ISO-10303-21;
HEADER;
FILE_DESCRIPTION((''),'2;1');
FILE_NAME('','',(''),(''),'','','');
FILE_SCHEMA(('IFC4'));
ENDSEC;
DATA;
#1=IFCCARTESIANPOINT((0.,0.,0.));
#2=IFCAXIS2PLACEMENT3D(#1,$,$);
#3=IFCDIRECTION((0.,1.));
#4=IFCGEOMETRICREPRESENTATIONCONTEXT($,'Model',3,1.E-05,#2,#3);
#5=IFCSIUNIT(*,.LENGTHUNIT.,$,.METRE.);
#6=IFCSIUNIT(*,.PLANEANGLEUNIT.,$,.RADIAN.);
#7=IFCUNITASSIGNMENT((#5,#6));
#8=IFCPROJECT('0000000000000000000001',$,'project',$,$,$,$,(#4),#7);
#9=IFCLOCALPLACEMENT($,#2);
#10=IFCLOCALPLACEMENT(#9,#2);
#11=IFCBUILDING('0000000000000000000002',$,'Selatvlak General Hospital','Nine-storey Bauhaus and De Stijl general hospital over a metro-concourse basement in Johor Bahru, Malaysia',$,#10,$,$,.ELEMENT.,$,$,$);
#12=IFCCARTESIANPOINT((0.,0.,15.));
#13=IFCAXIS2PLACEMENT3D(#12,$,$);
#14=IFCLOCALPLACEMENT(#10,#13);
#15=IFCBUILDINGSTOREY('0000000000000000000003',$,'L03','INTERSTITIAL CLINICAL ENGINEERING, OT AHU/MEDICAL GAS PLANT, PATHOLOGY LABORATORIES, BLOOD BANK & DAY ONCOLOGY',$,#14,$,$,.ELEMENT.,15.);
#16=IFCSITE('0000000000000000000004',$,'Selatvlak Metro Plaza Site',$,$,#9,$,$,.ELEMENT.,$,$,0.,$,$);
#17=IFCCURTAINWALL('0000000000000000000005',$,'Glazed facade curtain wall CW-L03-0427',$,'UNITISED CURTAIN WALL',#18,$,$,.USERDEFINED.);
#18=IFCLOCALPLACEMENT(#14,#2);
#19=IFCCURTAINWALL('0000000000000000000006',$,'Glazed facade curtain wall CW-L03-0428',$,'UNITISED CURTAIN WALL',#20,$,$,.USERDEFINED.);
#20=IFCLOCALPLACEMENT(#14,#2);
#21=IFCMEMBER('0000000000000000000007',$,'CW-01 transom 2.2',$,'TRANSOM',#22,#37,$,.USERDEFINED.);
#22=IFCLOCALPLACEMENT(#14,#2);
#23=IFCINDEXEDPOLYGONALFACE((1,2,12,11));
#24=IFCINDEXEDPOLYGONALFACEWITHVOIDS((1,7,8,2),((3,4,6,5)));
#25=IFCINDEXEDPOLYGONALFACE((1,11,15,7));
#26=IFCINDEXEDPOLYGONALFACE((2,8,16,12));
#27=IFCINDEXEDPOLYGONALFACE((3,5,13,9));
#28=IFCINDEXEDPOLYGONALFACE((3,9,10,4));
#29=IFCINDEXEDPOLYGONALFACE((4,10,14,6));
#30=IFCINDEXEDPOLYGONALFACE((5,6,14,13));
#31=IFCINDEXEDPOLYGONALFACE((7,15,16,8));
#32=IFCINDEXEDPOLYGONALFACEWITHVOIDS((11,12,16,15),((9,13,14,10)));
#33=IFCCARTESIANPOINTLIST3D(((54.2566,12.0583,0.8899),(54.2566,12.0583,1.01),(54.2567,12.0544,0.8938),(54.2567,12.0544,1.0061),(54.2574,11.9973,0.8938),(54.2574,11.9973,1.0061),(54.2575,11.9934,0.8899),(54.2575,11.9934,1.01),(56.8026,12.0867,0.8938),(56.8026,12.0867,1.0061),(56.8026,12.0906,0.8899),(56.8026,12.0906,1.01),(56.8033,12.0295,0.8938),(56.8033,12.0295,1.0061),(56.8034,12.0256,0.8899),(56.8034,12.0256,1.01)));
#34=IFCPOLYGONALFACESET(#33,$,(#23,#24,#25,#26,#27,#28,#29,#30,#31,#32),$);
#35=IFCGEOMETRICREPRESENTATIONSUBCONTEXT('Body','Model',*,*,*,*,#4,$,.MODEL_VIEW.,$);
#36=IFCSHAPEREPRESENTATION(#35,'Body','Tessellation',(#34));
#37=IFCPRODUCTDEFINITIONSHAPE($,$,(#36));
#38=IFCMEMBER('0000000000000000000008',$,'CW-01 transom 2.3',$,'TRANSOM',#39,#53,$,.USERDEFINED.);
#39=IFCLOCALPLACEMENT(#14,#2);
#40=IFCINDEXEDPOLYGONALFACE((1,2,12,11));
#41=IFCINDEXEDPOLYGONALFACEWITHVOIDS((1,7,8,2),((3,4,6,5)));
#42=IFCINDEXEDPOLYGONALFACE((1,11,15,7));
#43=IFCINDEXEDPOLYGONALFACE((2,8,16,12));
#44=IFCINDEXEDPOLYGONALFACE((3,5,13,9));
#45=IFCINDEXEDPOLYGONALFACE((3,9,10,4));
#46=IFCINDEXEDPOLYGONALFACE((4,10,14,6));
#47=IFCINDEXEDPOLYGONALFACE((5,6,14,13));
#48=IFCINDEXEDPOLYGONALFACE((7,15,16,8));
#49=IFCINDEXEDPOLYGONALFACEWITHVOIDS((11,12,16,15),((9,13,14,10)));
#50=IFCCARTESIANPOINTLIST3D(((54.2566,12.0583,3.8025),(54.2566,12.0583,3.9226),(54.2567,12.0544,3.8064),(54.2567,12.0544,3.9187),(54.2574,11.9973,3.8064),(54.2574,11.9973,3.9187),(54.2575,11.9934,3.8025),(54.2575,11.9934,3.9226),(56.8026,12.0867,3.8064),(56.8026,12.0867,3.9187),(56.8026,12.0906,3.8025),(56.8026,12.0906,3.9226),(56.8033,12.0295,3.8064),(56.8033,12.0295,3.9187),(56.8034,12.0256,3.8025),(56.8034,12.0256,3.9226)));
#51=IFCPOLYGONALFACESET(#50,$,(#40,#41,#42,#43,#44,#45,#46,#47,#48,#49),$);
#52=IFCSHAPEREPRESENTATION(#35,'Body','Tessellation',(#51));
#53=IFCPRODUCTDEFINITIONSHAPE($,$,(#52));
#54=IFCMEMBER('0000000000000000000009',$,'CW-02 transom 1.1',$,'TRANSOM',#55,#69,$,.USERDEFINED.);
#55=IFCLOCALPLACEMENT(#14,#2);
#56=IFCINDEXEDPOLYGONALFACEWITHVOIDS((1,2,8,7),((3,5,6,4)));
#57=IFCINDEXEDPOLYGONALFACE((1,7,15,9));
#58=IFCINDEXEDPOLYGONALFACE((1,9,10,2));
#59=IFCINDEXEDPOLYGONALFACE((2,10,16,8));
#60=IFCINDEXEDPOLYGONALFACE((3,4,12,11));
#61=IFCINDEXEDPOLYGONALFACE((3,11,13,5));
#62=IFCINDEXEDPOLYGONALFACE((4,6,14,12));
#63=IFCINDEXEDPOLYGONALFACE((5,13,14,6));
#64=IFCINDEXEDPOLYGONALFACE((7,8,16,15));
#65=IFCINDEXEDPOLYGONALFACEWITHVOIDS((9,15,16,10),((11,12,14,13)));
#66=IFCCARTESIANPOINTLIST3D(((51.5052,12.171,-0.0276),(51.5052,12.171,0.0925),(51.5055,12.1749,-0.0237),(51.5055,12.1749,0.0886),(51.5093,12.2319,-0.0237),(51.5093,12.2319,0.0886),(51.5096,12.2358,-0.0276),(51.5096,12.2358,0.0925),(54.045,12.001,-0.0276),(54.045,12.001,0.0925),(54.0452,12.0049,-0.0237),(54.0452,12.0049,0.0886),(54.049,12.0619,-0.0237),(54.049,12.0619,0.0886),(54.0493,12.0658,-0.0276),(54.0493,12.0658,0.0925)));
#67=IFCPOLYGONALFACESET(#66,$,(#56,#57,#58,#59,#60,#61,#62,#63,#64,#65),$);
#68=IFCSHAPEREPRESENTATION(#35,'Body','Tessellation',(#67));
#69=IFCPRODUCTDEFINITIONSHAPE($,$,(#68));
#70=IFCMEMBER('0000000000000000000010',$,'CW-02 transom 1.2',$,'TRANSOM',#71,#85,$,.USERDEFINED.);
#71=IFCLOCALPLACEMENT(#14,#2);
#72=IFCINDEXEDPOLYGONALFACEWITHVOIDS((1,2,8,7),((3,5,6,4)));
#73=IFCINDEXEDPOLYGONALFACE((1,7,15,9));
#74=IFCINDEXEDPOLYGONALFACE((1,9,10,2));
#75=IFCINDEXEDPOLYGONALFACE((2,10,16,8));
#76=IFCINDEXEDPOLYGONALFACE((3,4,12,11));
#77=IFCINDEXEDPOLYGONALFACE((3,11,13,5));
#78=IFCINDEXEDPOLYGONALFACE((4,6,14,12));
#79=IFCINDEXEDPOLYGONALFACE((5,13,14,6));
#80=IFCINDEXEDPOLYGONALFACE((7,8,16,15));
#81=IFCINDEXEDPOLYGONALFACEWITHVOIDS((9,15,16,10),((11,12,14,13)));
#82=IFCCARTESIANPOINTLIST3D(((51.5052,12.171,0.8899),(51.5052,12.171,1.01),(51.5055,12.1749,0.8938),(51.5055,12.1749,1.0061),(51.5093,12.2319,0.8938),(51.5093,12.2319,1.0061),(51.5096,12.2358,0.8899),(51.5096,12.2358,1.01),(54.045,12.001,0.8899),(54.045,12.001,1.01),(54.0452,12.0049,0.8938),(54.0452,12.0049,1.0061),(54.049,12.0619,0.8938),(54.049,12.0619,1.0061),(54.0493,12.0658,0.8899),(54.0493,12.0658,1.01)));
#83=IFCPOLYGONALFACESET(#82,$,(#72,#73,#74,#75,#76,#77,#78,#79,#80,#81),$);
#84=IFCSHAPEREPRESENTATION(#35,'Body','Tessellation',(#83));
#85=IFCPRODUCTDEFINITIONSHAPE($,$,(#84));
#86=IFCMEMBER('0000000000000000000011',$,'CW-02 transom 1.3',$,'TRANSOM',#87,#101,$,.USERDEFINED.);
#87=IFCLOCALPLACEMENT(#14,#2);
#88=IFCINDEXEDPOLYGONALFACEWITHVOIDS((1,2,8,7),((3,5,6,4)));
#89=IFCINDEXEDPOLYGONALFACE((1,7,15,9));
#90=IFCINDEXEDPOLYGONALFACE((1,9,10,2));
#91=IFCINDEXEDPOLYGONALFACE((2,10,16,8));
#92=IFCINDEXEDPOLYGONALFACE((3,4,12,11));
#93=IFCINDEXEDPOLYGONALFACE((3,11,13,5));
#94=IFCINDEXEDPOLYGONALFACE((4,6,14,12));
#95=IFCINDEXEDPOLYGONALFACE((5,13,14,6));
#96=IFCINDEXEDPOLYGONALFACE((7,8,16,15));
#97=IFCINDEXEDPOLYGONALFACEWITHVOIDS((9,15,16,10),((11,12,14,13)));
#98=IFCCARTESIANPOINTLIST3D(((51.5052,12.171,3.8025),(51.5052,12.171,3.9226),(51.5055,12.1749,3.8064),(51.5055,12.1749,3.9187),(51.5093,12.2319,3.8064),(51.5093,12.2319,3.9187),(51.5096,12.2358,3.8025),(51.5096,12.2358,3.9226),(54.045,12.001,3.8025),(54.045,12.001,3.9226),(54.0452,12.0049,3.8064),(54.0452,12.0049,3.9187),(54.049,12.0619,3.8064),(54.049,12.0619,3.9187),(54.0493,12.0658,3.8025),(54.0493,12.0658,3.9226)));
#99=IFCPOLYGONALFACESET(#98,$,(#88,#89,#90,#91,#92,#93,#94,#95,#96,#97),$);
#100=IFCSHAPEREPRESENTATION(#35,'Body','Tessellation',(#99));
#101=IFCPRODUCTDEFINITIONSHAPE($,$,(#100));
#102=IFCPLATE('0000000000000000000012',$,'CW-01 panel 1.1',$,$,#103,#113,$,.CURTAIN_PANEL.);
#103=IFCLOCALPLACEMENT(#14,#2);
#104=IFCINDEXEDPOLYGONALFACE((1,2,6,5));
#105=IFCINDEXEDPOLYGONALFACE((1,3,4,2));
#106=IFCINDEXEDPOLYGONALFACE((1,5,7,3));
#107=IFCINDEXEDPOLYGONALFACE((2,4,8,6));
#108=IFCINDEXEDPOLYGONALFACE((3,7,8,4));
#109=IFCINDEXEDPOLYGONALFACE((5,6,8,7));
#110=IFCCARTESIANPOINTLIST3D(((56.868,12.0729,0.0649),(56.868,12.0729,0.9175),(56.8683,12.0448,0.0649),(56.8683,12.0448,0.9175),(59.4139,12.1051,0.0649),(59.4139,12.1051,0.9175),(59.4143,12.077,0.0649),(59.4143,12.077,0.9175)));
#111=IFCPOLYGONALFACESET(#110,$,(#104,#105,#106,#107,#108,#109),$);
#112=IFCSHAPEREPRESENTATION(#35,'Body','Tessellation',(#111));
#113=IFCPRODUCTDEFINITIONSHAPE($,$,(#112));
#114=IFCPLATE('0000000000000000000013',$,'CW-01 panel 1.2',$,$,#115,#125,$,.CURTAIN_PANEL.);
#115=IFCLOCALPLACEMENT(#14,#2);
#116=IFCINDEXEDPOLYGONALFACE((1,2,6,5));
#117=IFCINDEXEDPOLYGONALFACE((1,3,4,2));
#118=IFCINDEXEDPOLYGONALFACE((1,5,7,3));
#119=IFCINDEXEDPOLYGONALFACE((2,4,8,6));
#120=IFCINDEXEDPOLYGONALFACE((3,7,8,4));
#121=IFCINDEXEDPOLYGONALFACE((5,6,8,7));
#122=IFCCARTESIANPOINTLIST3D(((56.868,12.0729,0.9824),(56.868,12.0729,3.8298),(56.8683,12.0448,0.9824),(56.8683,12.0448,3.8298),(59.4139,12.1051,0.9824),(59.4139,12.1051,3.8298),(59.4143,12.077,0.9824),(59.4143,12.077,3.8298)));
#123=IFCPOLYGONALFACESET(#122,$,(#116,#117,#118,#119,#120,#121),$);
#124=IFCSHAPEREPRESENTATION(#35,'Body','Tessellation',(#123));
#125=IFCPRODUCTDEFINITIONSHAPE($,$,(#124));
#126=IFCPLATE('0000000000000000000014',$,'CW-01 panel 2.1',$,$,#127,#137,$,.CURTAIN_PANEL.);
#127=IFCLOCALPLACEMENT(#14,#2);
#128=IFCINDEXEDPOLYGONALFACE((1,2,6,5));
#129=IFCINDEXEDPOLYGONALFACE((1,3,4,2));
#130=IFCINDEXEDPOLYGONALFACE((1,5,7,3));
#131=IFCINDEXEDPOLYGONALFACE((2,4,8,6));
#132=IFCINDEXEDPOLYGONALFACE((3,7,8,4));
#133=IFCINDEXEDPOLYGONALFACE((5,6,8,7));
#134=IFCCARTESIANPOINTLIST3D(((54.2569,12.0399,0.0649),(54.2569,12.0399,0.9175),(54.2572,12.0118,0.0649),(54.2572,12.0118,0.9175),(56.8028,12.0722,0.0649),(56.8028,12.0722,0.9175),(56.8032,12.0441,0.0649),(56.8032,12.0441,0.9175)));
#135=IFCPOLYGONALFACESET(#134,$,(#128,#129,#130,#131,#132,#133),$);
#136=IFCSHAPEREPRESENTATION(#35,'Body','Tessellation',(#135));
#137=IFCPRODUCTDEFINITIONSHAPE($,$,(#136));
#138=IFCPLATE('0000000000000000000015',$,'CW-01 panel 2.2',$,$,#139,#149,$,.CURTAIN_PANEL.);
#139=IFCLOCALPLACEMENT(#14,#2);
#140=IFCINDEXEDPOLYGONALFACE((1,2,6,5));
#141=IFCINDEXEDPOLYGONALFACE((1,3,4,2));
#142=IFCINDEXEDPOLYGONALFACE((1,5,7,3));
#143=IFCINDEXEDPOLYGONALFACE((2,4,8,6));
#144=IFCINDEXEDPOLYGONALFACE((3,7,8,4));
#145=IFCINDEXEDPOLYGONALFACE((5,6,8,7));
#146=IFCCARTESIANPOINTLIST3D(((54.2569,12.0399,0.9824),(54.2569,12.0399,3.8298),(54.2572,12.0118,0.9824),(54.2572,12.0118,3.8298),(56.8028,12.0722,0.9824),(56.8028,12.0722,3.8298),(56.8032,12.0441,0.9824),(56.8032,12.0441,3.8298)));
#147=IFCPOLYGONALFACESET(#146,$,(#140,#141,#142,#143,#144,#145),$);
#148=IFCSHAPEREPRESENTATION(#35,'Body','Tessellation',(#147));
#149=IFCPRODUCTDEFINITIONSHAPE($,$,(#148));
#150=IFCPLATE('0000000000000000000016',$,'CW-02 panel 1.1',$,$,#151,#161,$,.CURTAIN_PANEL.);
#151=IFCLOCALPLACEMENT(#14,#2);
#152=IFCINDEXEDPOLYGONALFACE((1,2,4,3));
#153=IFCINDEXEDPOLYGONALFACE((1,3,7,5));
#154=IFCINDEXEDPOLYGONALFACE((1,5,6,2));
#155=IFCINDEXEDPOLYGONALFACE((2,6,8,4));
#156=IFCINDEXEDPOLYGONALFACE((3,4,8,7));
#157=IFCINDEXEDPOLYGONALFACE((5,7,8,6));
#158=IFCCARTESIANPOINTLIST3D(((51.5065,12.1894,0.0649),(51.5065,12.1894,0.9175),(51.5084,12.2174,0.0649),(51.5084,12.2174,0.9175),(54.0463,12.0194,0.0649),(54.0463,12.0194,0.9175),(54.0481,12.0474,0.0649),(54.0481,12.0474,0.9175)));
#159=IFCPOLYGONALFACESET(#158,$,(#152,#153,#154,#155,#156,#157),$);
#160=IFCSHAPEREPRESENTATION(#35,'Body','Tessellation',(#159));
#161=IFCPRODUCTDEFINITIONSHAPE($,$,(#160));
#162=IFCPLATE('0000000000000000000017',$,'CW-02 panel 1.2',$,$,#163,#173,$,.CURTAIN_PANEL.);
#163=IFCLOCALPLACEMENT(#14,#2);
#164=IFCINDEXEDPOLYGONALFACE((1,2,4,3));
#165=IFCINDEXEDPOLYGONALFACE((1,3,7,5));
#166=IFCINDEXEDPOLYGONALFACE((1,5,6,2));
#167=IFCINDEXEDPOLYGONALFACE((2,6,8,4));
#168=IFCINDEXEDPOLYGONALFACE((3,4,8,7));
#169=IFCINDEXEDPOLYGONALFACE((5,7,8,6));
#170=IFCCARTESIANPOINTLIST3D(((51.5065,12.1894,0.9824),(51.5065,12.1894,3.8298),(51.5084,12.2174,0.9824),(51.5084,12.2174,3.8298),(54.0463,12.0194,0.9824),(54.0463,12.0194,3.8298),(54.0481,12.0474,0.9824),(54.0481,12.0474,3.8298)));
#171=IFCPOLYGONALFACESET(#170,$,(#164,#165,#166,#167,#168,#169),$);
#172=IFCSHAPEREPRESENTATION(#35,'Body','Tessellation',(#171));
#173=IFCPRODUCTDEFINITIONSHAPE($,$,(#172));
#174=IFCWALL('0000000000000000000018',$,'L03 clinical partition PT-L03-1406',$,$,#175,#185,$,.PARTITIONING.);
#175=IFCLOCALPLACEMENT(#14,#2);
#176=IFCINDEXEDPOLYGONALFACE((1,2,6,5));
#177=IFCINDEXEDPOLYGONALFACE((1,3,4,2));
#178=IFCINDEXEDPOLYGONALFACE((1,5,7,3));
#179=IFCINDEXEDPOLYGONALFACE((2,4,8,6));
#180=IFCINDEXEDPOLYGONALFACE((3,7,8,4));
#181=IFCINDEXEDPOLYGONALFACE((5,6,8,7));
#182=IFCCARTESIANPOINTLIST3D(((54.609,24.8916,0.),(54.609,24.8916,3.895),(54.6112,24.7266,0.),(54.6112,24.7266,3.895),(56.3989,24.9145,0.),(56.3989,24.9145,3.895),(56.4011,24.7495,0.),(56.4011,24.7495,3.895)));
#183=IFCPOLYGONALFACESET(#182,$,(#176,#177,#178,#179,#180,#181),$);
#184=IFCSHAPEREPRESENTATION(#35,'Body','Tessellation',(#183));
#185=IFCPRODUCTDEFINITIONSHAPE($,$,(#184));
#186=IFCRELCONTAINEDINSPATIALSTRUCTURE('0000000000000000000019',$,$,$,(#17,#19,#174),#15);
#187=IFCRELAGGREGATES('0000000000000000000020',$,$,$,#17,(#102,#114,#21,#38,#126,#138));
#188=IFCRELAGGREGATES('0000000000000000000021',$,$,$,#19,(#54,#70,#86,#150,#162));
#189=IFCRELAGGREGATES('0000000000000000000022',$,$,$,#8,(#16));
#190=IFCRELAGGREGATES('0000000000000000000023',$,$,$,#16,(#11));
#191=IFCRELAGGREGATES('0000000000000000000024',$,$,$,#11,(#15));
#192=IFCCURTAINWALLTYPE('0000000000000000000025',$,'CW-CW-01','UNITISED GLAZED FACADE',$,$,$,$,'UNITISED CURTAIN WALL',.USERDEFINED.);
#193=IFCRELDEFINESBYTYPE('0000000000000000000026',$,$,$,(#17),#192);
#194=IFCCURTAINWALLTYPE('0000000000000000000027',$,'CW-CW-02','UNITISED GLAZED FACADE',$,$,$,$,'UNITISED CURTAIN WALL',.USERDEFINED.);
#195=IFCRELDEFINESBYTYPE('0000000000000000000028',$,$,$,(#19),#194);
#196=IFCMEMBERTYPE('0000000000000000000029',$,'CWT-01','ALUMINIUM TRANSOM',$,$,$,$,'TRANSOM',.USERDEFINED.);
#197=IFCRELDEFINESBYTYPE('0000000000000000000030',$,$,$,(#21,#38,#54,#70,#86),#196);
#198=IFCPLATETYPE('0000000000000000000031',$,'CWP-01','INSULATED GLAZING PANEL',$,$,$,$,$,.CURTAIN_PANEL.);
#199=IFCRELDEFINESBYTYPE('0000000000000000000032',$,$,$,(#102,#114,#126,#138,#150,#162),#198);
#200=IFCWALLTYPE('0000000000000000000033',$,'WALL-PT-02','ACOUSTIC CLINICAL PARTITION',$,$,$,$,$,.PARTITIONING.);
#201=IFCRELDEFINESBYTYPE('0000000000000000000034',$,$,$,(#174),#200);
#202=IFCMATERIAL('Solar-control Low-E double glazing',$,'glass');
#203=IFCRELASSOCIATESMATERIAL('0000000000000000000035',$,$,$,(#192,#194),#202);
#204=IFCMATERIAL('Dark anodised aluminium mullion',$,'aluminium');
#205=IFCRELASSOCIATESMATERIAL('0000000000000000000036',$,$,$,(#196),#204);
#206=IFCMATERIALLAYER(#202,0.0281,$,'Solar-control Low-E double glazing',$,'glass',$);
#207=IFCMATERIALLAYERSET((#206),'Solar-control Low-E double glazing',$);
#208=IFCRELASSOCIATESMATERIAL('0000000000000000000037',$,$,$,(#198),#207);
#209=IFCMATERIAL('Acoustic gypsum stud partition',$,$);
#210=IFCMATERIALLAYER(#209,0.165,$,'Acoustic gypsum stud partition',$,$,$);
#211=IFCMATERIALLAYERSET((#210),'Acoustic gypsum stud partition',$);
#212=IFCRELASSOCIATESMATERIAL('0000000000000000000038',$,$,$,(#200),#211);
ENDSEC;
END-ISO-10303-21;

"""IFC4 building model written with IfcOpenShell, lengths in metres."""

from ifc_helpers import new_model, si_unit, direction, frame, frame_2d, origin, origin_2d, place, context, subcontext, project, spatial, rectangle, hollow_rectangle, extrude, material, layer, layer_set, material_profile, profile_set, type_object, element, aggregate, save


model = new_model("IFC4")

# Units and contexts
model_context = context("Model", 3, precision=1e-05, world=origin(), true_north=direction((0.0, 1.0)))
body_context = subcontext(model_context, "Body", "Model", "MODEL_VIEW")
ifc_project = project(units=[si_unit("LENGTHUNIT", "METRE"), si_unit("PLANEANGLEUNIT", "RADIAN")], contexts=[model_context])

# Site, building, storey
site_placement = place(None, origin())
site = spatial("IfcSite", under=ifc_project, at=site_placement, Name="Selatvlak Metro Plaza Site", CompositionType="ELEMENT", RefElevation=0.0)
building_placement = place(site_placement, origin())
building = spatial("IfcBuilding", under=site, at=building_placement, Name="Selatvlak General Hospital", Description="Nine-storey Bauhaus and De Stijl general hospital over a metro-concourse basement in Johor Bahru, Malaysia", CompositionType="ELEMENT")
storey_placement = place(building_placement, frame((0.0, 0.0, 15.0)))
storey = spatial("IfcBuildingStorey", under=building, at=storey_placement, Name="L03", Description="INTERSTITIAL CLINICAL ENGINEERING, OT AHU/MEDICAL GAS PLANT, PATHOLOGY LABORATORIES, BLOOD BANK & DAY ONCOLOGY", CompositionType="ELEMENT", Elevation=15.0)

# Curtain wall
ifc_material_1 = material(Name="Solar-control Low-E double glazing", Category="glass")
curtain_wall_type_1 = type_object("IfcCurtainWallType", Name="CW-CW-01", Description="UNITISED GLAZED FACADE", ElementType="UNITISED CURTAIN WALL", PredefinedType="USERDEFINED", material=ifc_material_1)
curtain_wall_1_placement = place(storey_placement, origin())
curtain_wall_1 = element("IfcCurtainWall", 1, at=curtain_wall_1_placement, inside=storey, type_object=curtain_wall_type_1, Name="Glazed facade curtain wall CW-L03-0427", ObjectType="UNITISED CURTAIN WALL", PredefinedType="USERDEFINED")
ifc_material_2 = material(Name="Dark anodised aluminium mullion", Category="aluminium")

# Curtain wall
curtain_wall_type_2 = type_object("IfcCurtainWallType", Name="CW-CW-02", Description="UNITISED GLAZED FACADE", ElementType="UNITISED CURTAIN WALL", PredefinedType="USERDEFINED", material=ifc_material_1)
curtain_wall_2_placement = place(storey_placement, origin())
curtain_wall_2 = element("IfcCurtainWall", 2, at=curtain_wall_2_placement, inside=storey, type_object=curtain_wall_type_2, Name="Glazed facade curtain wall CW-L03-0428", ObjectType="UNITISED CURTAIN WALL", PredefinedType="USERDEFINED")

# Members
ifc_material_profile_1 = material_profile(ifc_material_2, hollow_rectangle(XDim=0.0649, YDim=0.1201, WallThickness=0.0039, at=origin_2d()), Name="AL-TRN 65x120x4")
ifc_profile_set_1 = profile_set([ifc_material_profile_1], Name="Dark anodised aluminium mullion")
member_type_1 = type_object("IfcMemberType", Name="CWT-01", Description="ALUMINIUM TRANSOM", ElementType="TRANSOM", PredefinedType="USERDEFINED", material=ifc_profile_set_1)
member_1_placement = place(storey_placement, frame((56.803, 12.0581, 0.95), z_axis=(-0.99992, -0.012657, 0.0), x_axis=(0.012657, -0.99992, 0.0)))
member_1 = element("IfcMember", 3, at=member_1_placement, type_object=member_type_1, Name="CW-01 transom 2.2", ObjectType="TRANSOM", PredefinedType="USERDEFINED", context=body_context, shape_type="SweptSolid", body=[
    extrude(hollow_rectangle(XDim=0.0649, YDim=0.1201, WallThickness=0.0039, at=origin_2d()), origin(), (0.0, 0.0, 1.0), 2.5461),
])
member_2_placement = place(storey_placement, frame((56.803, 12.0581, 3.8625), z_axis=(-0.99992, -0.012657, 0.0), x_axis=(0.012657, -0.99992, 0.0)))
member_2 = element("IfcMember", 4, at=member_2_placement, type_object=member_type_1, Name="CW-01 transom 2.3", ObjectType="TRANSOM", PredefinedType="USERDEFINED", context=body_context, shape_type="SweptSolid", body=[
    extrude(hollow_rectangle(XDim=0.0649, YDim=0.1201, WallThickness=0.0039, at=origin_2d()), origin(), (0.0, 0.0, 1.0), 2.5461),
])
member_3_placement = place(storey_placement, frame((54.0471, 12.0334, 0.0325), z_axis=(-0.997769, 0.066755, 0.0), x_axis=(-0.066755, -0.997769, 0.0)))
member_3 = element("IfcMember", 5, at=member_3_placement, type_object=member_type_1, Name="CW-02 transom 1.1", ObjectType="TRANSOM", PredefinedType="USERDEFINED", context=body_context, shape_type="SweptSolid", body=[
    extrude(hollow_rectangle(XDim=0.0649, YDim=0.1201, WallThickness=0.0039, at=origin_2d()), origin(), (0.0, 0.0, 1.0), 2.5454),
])
member_4_placement = place(storey_placement, frame((54.0471, 12.0334, 0.95), z_axis=(-0.997769, 0.066755, 0.0), x_axis=(-0.066755, -0.997769, 0.0)))
member_4 = element("IfcMember", 6, at=member_4_placement, type_object=member_type_1, Name="CW-02 transom 1.2", ObjectType="TRANSOM", PredefinedType="USERDEFINED", context=body_context, shape_type="SweptSolid", body=[
    extrude(hollow_rectangle(XDim=0.0649, YDim=0.1201, WallThickness=0.0039, at=origin_2d()), origin(), (0.0, 0.0, 1.0), 2.5454),
])
member_5_placement = place(storey_placement, frame((54.0471, 12.0334, 3.8625), z_axis=(-0.997769, 0.066755, 0.0), x_axis=(-0.066755, -0.997769, 0.0)))
member_5 = element("IfcMember", 7, at=member_5_placement, type_object=member_type_1, Name="CW-02 transom 1.3", ObjectType="TRANSOM", PredefinedType="USERDEFINED", context=body_context, shape_type="SweptSolid", body=[
    extrude(hollow_rectangle(XDim=0.0649, YDim=0.1201, WallThickness=0.0039, at=origin_2d()), origin(), (0.0, 0.0, 1.0), 2.5454),
])

# Plates
ifc_layer_1 = layer(ifc_material_1, 0.0281, Name="Solar-control Low-E double glazing", Category="glass")
ifc_layer_set_1 = layer_set([ifc_layer_1], Name="Solar-control Low-E double glazing")
plate_type = type_object("IfcPlateType", Name="CWP-01", Description="INSULATED GLAZING PANEL", PredefinedType="CURTAIN_PANEL", material=ifc_layer_set_1)
plate_1_placement = place(storey_placement, frame((58.1411, 12.075, 0.0649), z_axis=(0.0, 0.0, 1.0), x_axis=(-0.99992, -0.012672, 0.0)))
plate_1 = element("IfcPlate", 8, at=plate_1_placement, type_object=plate_type, Name="CW-01 panel 1.1", PredefinedType="CURTAIN_PANEL", context=body_context, shape_type="SweptSolid", body=[
    extrude(rectangle(XDim=2.5461, YDim=0.0281, at=origin_2d()), origin(), (0.0, 0.0, 1.0), 0.8525),
])
plate_2_placement = place(storey_placement, frame((58.1411, 12.075, 0.9824), z_axis=(0.0, 0.0, 1.0), x_axis=(-0.99992, -0.012672, 0.0)))
plate_2 = element("IfcPlate", 9, at=plate_2_placement, type_object=plate_type, Name="CW-01 panel 1.2", PredefinedType="CURTAIN_PANEL", context=body_context, shape_type="SweptSolid", body=[
    extrude(rectangle(XDim=2.5461, YDim=0.0281, at=origin_2d()), origin(), (0.0, 0.0, 1.0), 2.8474),
])
plate_3_placement = place(storey_placement, frame((55.53, 12.042, 0.0649), z_axis=(0.0, 0.0, 1.0), x_axis=(-0.99992, -0.012672, 0.0)))
plate_3 = element("IfcPlate", 10, at=plate_3_placement, type_object=plate_type, Name="CW-01 panel 2.1", PredefinedType="CURTAIN_PANEL", context=body_context, shape_type="SweptSolid", body=[
    extrude(rectangle(XDim=2.5461, YDim=0.0281, at=origin_2d()), origin(), (0.0, 0.0, 1.0), 0.8525),
])
plate_4_placement = place(storey_placement, frame((55.53, 12.042, 0.9824), z_axis=(0.0, 0.0, 1.0), x_axis=(-0.99992, -0.012672, 0.0)))
plate_4 = element("IfcPlate", 11, at=plate_4_placement, type_object=plate_type, Name="CW-01 panel 2.2", PredefinedType="CURTAIN_PANEL", context=body_context, shape_type="SweptSolid", body=[
    extrude(rectangle(XDim=2.5461, YDim=0.0281, at=origin_2d()), origin(), (0.0, 0.0, 1.0), 2.8474),
])
aggregate(curtain_wall_1, [plate_1, plate_2, member_1, member_2, plate_3, plate_4])
plate_5_placement = place(storey_placement, frame((52.7773, 12.1184, 0.0649), z_axis=(0.0, 0.0, 1.0), x_axis=(-0.997768, 0.066783, 0.0)))
plate_5 = element("IfcPlate", 12, at=plate_5_placement, type_object=plate_type, Name="CW-02 panel 1.1", PredefinedType="CURTAIN_PANEL", context=body_context, shape_type="SweptSolid", body=[
    extrude(rectangle(XDim=2.5454, YDim=0.0281, at=origin_2d()), origin(), (0.0, 0.0, 1.0), 0.8525),
])
plate_6_placement = place(storey_placement, frame((52.7773, 12.1184, 0.9824), z_axis=(0.0, 0.0, 1.0), x_axis=(-0.997768, 0.066783, 0.0)))
plate_6 = element("IfcPlate", 13, at=plate_6_placement, type_object=plate_type, Name="CW-02 panel 1.2", PredefinedType="CURTAIN_PANEL", context=body_context, shape_type="SweptSolid", body=[
    extrude(rectangle(XDim=2.5454, YDim=0.0281, at=origin_2d()), origin(), (0.0, 0.0, 1.0), 2.8474),
])
aggregate(curtain_wall_2, [member_3, member_4, member_5, plate_5, plate_6])

# Wall
ifc_material_3 = material(Name="Acoustic gypsum stud partition")
ifc_layer_2 = layer(ifc_material_3, 0.165, Name="Acoustic gypsum stud partition")
ifc_layer_set_2 = layer_set([ifc_layer_2], Name="Acoustic gypsum stud partition")
wall_type_1 = type_object("IfcWallType", Name="WALL-PT-02", Description="ACOUSTIC CLINICAL PARTITION", PredefinedType="PARTITIONING", material=ifc_layer_set_2)
wall_1_placement = place(storey_placement, frame((54.6101, 24.8091, 0.0), z_axis=(0.0, 0.0, 1.0), x_axis=(0.999918, 0.012821, 0.0)))
element("IfcWall", 14, at=wall_1_placement, inside=storey, type_object=wall_type_1, Name="L03 clinical partition PT-L03-1406", PredefinedType="PARTITIONING", context=body_context, shape_type="SweptSolid", body=[
    extrude(rectangle(XDim=1.79, YDim=0.165, at=frame_2d((0.895, 0.0))), origin(), (0.0, 0.0, 1.0), 3.895),
])

save(model, "model.ifc")
